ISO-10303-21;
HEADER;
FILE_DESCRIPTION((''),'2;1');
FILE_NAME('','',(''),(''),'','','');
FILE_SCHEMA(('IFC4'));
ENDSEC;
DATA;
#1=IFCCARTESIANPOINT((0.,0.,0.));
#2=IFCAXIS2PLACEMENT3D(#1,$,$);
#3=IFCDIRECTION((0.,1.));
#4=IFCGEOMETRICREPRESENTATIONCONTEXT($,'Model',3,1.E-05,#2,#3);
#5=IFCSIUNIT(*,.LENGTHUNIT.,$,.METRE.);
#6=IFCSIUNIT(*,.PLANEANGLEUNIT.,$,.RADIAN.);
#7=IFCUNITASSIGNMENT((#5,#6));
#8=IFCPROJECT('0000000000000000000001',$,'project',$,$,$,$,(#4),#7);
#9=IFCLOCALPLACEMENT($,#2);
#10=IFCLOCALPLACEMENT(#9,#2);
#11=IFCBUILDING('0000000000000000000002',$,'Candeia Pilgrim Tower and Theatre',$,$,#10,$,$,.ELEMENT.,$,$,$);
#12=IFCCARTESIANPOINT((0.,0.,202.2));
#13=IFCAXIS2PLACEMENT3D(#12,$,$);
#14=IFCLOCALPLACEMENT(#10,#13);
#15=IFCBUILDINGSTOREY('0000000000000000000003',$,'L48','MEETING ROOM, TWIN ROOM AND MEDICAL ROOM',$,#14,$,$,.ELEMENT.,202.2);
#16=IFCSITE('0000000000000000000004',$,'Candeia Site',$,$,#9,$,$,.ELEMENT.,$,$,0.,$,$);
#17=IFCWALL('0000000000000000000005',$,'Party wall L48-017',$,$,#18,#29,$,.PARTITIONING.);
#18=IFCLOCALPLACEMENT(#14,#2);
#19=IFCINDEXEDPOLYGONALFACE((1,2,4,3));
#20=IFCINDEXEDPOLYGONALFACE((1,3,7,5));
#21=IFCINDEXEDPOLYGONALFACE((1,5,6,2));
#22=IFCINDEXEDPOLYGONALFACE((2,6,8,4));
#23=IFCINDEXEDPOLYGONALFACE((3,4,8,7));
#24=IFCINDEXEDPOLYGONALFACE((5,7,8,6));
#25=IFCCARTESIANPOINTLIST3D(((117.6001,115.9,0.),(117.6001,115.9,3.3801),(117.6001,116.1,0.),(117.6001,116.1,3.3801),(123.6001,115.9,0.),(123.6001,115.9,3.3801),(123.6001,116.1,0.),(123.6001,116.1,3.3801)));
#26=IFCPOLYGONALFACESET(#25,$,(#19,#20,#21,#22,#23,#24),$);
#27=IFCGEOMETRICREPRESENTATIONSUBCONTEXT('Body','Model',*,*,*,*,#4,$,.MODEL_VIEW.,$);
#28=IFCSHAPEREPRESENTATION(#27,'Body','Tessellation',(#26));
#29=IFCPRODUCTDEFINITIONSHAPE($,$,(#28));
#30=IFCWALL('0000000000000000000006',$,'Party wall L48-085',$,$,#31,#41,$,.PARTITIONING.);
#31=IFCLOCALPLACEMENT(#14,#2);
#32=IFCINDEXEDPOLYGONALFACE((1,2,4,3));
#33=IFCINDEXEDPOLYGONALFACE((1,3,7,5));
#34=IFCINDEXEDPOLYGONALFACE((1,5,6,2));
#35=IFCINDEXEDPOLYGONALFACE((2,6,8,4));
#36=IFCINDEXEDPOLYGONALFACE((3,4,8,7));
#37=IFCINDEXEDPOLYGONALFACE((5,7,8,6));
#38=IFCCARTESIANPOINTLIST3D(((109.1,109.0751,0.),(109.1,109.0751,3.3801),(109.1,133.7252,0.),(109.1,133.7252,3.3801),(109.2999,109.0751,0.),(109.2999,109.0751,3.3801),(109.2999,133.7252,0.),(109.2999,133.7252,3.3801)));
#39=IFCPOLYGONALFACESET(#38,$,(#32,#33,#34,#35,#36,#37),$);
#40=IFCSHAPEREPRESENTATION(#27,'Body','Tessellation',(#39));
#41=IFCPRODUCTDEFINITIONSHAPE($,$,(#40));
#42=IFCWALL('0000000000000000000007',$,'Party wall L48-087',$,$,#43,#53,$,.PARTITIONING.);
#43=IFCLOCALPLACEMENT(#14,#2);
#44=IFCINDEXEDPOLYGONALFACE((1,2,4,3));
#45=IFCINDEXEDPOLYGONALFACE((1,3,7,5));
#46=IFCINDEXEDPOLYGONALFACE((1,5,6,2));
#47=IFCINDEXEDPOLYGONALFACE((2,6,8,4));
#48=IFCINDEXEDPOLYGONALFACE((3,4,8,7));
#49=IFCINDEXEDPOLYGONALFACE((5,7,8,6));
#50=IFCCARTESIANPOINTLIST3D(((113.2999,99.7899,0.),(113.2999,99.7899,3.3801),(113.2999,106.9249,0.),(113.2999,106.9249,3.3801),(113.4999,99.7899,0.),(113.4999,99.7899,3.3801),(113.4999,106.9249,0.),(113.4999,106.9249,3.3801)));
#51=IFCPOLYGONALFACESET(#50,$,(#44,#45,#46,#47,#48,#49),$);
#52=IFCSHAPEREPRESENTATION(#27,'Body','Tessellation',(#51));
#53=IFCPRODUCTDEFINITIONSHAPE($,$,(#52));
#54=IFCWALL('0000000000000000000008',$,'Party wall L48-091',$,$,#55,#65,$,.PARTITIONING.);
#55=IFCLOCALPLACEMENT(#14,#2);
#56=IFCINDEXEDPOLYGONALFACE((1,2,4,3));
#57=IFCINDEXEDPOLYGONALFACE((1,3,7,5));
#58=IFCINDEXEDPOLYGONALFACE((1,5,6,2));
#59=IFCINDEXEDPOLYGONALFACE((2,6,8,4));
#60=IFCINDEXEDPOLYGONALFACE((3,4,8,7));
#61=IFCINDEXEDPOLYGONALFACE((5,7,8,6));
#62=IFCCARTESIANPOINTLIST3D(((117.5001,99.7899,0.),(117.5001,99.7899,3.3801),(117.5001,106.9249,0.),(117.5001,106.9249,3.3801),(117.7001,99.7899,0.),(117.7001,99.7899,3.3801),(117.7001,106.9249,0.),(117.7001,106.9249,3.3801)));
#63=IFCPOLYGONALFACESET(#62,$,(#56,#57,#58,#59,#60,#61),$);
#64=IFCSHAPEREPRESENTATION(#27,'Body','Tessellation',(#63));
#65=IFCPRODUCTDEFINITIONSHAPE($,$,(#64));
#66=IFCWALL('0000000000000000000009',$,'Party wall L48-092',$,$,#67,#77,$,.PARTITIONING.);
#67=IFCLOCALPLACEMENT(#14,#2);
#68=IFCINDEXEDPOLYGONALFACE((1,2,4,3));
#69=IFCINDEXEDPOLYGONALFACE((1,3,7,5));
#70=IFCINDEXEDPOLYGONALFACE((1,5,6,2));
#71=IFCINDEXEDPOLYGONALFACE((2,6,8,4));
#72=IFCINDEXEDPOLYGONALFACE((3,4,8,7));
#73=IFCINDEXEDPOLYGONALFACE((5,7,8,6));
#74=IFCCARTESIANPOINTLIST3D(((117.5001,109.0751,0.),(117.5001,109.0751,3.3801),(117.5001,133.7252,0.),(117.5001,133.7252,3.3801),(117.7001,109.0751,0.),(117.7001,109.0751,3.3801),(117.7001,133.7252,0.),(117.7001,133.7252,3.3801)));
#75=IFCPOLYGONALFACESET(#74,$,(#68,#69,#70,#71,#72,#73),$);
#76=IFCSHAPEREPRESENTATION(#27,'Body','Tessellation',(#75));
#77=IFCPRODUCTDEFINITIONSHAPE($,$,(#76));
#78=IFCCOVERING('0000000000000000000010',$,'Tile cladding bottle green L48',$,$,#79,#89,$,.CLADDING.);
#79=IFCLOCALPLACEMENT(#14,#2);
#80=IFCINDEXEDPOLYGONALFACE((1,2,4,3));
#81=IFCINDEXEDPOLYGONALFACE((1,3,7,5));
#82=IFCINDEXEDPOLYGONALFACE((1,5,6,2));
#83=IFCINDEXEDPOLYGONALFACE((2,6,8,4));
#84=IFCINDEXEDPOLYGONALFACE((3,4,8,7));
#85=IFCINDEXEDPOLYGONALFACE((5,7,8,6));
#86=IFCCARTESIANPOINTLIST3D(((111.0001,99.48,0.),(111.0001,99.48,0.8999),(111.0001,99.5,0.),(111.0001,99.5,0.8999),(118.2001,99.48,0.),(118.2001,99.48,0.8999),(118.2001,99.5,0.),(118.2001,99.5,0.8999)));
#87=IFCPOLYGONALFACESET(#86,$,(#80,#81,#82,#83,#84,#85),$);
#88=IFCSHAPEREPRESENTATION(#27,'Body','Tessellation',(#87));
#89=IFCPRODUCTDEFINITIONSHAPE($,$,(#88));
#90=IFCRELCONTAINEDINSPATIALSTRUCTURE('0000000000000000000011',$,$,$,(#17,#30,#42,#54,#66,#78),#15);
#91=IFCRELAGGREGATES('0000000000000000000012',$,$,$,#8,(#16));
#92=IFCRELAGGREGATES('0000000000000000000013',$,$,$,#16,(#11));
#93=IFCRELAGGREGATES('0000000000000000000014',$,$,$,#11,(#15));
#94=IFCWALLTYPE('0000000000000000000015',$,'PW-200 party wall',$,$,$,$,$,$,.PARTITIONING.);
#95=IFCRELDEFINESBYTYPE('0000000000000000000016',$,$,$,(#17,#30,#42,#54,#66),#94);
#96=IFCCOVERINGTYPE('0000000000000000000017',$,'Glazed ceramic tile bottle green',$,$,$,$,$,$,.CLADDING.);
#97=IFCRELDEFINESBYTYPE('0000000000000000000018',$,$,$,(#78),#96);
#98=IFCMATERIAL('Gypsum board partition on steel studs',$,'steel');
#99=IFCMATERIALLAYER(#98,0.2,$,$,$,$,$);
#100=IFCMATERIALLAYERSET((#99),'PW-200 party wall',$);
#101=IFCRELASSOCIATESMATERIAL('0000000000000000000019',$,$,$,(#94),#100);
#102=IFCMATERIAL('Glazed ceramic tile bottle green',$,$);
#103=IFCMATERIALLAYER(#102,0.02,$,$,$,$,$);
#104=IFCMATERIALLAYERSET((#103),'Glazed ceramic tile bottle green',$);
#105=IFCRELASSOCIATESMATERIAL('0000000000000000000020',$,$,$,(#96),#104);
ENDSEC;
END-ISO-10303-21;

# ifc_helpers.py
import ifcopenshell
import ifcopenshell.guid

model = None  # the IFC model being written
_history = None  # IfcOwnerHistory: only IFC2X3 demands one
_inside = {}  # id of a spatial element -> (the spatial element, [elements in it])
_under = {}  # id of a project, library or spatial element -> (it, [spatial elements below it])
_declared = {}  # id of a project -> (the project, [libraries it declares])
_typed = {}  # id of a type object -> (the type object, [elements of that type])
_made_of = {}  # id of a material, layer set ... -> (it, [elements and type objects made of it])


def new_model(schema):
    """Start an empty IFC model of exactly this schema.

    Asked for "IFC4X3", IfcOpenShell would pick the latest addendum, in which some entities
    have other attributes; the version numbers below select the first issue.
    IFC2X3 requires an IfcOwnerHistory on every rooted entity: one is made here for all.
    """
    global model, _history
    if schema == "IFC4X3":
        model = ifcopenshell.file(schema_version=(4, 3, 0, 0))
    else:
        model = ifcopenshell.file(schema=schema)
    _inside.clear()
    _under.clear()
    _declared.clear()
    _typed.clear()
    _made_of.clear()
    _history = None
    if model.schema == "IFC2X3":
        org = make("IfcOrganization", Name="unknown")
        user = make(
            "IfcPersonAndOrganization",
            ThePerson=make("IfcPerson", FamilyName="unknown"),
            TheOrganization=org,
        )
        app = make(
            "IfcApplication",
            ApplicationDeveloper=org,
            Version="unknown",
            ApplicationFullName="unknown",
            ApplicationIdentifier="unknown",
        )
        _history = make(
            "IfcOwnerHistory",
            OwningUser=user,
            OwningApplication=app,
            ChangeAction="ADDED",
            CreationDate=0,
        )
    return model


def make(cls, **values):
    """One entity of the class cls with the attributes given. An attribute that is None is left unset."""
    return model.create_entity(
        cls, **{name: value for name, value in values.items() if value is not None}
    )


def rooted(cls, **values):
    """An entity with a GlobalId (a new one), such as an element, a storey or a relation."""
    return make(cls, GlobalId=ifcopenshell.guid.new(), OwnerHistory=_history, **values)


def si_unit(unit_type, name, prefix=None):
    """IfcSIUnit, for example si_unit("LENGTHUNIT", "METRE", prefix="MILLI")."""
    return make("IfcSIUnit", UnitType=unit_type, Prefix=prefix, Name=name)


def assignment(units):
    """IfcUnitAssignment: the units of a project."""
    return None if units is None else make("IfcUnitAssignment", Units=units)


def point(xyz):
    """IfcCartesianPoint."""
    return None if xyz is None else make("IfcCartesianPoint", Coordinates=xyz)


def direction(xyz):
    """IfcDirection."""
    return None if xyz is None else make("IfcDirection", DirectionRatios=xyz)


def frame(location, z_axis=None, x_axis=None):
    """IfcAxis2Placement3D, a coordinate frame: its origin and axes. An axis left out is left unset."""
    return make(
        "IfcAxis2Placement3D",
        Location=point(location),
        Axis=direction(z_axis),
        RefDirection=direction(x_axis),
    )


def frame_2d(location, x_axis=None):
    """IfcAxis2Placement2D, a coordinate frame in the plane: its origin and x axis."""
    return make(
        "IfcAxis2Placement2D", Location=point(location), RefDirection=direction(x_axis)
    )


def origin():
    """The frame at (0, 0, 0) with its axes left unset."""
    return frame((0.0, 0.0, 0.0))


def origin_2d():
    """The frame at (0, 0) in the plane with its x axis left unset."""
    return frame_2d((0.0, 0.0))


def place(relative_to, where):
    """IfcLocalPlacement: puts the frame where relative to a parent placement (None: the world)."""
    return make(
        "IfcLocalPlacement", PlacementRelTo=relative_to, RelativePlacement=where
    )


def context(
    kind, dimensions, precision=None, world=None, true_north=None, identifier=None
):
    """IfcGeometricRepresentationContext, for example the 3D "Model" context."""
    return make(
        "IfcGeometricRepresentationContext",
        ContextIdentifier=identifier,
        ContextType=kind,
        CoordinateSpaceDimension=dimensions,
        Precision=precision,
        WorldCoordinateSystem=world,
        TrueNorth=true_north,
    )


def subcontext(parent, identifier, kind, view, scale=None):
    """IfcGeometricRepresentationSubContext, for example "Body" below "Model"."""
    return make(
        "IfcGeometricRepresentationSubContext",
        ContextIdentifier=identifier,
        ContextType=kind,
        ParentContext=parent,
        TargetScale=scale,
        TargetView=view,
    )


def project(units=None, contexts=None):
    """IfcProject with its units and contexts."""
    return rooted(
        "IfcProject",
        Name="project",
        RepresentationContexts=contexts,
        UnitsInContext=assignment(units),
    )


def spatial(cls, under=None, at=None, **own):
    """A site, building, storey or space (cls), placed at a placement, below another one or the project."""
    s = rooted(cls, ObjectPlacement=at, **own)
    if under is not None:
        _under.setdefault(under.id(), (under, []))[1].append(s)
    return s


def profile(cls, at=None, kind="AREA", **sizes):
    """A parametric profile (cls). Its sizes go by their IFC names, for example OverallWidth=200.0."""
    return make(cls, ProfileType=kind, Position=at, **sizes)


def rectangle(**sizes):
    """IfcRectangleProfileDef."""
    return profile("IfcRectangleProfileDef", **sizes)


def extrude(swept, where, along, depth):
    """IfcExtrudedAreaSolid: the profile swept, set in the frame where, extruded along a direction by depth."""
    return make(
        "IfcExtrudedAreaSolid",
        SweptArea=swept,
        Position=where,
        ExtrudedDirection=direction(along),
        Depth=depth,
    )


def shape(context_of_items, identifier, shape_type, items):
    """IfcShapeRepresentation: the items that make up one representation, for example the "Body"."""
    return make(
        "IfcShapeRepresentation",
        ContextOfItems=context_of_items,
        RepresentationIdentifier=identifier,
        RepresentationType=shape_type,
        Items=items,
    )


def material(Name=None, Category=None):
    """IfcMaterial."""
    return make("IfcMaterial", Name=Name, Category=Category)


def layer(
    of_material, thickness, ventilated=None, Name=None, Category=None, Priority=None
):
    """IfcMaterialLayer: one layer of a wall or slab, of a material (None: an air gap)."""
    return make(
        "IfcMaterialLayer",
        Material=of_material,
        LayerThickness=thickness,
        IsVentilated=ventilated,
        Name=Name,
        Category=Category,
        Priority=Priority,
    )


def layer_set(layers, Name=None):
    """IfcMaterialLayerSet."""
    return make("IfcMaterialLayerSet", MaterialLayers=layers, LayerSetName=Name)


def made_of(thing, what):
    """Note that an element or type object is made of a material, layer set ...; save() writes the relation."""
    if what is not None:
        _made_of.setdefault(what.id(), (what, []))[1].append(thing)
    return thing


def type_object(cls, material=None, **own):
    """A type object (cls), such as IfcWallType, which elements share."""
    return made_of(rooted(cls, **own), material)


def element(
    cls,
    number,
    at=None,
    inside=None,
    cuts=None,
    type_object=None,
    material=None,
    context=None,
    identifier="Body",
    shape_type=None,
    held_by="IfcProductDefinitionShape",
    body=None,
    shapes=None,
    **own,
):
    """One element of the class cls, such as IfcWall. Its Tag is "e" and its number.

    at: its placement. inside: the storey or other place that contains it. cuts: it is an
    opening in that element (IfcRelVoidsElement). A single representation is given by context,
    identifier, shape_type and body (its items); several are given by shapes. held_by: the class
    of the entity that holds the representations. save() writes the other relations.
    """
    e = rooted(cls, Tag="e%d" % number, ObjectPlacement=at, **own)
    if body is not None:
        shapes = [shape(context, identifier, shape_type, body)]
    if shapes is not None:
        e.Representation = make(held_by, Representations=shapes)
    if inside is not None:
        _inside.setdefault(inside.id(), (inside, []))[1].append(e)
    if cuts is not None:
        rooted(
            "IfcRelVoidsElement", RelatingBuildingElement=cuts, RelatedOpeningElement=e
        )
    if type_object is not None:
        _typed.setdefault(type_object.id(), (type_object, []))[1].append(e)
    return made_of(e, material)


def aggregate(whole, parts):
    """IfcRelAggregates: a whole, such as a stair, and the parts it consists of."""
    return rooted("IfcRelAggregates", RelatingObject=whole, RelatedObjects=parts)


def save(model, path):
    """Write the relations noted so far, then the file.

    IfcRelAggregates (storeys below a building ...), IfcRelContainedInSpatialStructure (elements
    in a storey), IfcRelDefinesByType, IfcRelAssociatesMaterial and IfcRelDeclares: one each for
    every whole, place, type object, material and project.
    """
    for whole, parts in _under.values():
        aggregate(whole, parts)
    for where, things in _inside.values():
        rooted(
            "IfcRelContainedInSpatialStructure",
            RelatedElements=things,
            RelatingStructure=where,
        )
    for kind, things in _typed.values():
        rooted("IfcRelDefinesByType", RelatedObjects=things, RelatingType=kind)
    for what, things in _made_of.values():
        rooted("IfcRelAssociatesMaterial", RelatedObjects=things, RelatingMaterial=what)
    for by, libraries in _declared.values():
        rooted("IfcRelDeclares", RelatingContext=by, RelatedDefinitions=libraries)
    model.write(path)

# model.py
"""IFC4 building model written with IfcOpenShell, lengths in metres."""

from ifc_helpers import new_model, si_unit, direction, frame, frame_2d, origin, origin_2d, place, context, subcontext, project, spatial, rectangle, extrude, material, layer, layer_set, type_object, element, save


model = new_model("IFC4")

# Units and contexts
model_context = context("Model", 3, precision=1e-05, world=origin(), true_north=direction((0.0, 1.0)))
body_context = subcontext(model_context, "Body", "Model", "MODEL_VIEW")
ifc_project = project(units=[si_unit("LENGTHUNIT", "METRE"), si_unit("PLANEANGLEUNIT", "RADIAN")], contexts=[model_context])

# Site, building, storey
site_placement = place(None, origin())
site = spatial("IfcSite", under=ifc_project, at=site_placement, Name="Candeia Site", CompositionType="ELEMENT", RefElevation=0.0)
building_placement = place(site_placement, origin())
building = spatial("IfcBuilding", under=site, at=building_placement, Name="Candeia Pilgrim Tower and Theatre", CompositionType="ELEMENT")
storey_placement = place(building_placement, frame((0.0, 0.0, 202.2)))
storey = spatial("IfcBuildingStorey", under=building, at=storey_placement, Name="L48", Description="MEETING ROOM, TWIN ROOM AND MEDICAL ROOM", CompositionType="ELEMENT", Elevation=202.2)

# Shared definitions
ifc_material_1 = material(Name="Gypsum board partition on steel studs", Category="steel")

# Walls
ifc_layer_1 = layer(ifc_material_1, 0.2)
ifc_layer_set_1 = layer_set([ifc_layer_1], Name="PW-200 party wall")
wall_type_1 = type_object("IfcWallType", Name="PW-200 party wall", PredefinedType="PARTITIONING", material=ifc_layer_set_1)
wall_1_placement = place(storey_placement, frame((117.6001, 116.0, 0.0), z_axis=(0.0, 0.0, 1.0), x_axis=(1.0, 0.0, 0.0)))
element("IfcWall", 1, at=wall_1_placement, inside=storey, type_object=wall_type_1, Name="Party wall L48-017", PredefinedType="PARTITIONING", context=body_context, shape_type="SweptSolid", body=[
    extrude(rectangle(XDim=6.0, YDim=0.2, at=frame_2d((3.0, 0.0))), origin(), (0.0, 0.0, 1.0), 3.3801),
])
wall_2_placement = place(storey_placement, frame((109.2, 109.075, 0.0), z_axis=(0.0, 0.0, 1.0), x_axis=(0.0, 1.0, 0.0)))
element("IfcWall", 2, at=wall_2_placement, inside=storey, type_object=wall_type_1, Name="Party wall L48-085", PredefinedType="PARTITIONING", context=body_context, shape_type="SweptSolid", body=[
    extrude(rectangle(XDim=24.6501, YDim=0.2, at=frame_2d((12.3252, 0.0))), origin(), (0.0, 0.0, 1.0), 3.3801),
])
for number, where, z_axis, x_axis, name in (
    (3, (113.3999, 99.79, 0.0), (0.0, 0.0, 1.0), (0.0, 1.0, 0.0), "Party wall L48-087"),
    (4, (117.6001, 99.79, 0.0), (0.0, 0.0, 1.0), (0.0, 1.0, 0.0), "Party wall L48-091"),
):
    element("IfcWall", number, at=place(storey_placement, frame(where, z_axis=z_axis, x_axis=x_axis)), inside=storey, type_object=wall_type_1, Name=name, PredefinedType="PARTITIONING", context=body_context, shape_type="SweptSolid", body=[
        extrude(rectangle(XDim=7.135, YDim=0.2, at=frame_2d((3.5674, 0.0))), origin(), (0.0, 0.0, 1.0), 3.3801),
    ])
wall_3_placement = place(storey_placement, frame((117.6001, 109.075, 0.0), z_axis=(0.0, 0.0, 1.0), x_axis=(0.0, 1.0, 0.0)))
element("IfcWall", 5, at=wall_3_placement, inside=storey, type_object=wall_type_1, Name="Party wall L48-092", PredefinedType="PARTITIONING", context=body_context, shape_type="SweptSolid", body=[
    extrude(rectangle(XDim=24.6501, YDim=0.2, at=frame_2d((12.3252, 0.0))), origin(), (0.0, 0.0, 1.0), 3.3801),
])

# Covering
ifc_material_2 = material(Name="Glazed ceramic tile bottle green")
ifc_layer_2 = layer(ifc_material_2, 0.02)
ifc_layer_set_2 = layer_set([ifc_layer_2], Name="Glazed ceramic tile bottle green")
covering_type = type_object("IfcCoveringType", Name="Glazed ceramic tile bottle green", PredefinedType="CLADDING", material=ifc_layer_set_2)
covering_placement = place(storey_placement, frame((114.6001, 99.49, 0.0), z_axis=(0.0, 0.0, 1.0), x_axis=(1.0, 0.0, 0.0)))
element("IfcCovering", 6, at=covering_placement, inside=storey, type_object=covering_type, Name="Tile cladding bottle green L48", PredefinedType="CLADDING", context=body_context, shape_type="SweptSolid", body=[
    extrude(rectangle(XDim=7.2, YDim=0.02, at=origin_2d()), origin(), (0.0, 0.0, 1.0), 0.8999),
])

save(model, "model.ifc")
